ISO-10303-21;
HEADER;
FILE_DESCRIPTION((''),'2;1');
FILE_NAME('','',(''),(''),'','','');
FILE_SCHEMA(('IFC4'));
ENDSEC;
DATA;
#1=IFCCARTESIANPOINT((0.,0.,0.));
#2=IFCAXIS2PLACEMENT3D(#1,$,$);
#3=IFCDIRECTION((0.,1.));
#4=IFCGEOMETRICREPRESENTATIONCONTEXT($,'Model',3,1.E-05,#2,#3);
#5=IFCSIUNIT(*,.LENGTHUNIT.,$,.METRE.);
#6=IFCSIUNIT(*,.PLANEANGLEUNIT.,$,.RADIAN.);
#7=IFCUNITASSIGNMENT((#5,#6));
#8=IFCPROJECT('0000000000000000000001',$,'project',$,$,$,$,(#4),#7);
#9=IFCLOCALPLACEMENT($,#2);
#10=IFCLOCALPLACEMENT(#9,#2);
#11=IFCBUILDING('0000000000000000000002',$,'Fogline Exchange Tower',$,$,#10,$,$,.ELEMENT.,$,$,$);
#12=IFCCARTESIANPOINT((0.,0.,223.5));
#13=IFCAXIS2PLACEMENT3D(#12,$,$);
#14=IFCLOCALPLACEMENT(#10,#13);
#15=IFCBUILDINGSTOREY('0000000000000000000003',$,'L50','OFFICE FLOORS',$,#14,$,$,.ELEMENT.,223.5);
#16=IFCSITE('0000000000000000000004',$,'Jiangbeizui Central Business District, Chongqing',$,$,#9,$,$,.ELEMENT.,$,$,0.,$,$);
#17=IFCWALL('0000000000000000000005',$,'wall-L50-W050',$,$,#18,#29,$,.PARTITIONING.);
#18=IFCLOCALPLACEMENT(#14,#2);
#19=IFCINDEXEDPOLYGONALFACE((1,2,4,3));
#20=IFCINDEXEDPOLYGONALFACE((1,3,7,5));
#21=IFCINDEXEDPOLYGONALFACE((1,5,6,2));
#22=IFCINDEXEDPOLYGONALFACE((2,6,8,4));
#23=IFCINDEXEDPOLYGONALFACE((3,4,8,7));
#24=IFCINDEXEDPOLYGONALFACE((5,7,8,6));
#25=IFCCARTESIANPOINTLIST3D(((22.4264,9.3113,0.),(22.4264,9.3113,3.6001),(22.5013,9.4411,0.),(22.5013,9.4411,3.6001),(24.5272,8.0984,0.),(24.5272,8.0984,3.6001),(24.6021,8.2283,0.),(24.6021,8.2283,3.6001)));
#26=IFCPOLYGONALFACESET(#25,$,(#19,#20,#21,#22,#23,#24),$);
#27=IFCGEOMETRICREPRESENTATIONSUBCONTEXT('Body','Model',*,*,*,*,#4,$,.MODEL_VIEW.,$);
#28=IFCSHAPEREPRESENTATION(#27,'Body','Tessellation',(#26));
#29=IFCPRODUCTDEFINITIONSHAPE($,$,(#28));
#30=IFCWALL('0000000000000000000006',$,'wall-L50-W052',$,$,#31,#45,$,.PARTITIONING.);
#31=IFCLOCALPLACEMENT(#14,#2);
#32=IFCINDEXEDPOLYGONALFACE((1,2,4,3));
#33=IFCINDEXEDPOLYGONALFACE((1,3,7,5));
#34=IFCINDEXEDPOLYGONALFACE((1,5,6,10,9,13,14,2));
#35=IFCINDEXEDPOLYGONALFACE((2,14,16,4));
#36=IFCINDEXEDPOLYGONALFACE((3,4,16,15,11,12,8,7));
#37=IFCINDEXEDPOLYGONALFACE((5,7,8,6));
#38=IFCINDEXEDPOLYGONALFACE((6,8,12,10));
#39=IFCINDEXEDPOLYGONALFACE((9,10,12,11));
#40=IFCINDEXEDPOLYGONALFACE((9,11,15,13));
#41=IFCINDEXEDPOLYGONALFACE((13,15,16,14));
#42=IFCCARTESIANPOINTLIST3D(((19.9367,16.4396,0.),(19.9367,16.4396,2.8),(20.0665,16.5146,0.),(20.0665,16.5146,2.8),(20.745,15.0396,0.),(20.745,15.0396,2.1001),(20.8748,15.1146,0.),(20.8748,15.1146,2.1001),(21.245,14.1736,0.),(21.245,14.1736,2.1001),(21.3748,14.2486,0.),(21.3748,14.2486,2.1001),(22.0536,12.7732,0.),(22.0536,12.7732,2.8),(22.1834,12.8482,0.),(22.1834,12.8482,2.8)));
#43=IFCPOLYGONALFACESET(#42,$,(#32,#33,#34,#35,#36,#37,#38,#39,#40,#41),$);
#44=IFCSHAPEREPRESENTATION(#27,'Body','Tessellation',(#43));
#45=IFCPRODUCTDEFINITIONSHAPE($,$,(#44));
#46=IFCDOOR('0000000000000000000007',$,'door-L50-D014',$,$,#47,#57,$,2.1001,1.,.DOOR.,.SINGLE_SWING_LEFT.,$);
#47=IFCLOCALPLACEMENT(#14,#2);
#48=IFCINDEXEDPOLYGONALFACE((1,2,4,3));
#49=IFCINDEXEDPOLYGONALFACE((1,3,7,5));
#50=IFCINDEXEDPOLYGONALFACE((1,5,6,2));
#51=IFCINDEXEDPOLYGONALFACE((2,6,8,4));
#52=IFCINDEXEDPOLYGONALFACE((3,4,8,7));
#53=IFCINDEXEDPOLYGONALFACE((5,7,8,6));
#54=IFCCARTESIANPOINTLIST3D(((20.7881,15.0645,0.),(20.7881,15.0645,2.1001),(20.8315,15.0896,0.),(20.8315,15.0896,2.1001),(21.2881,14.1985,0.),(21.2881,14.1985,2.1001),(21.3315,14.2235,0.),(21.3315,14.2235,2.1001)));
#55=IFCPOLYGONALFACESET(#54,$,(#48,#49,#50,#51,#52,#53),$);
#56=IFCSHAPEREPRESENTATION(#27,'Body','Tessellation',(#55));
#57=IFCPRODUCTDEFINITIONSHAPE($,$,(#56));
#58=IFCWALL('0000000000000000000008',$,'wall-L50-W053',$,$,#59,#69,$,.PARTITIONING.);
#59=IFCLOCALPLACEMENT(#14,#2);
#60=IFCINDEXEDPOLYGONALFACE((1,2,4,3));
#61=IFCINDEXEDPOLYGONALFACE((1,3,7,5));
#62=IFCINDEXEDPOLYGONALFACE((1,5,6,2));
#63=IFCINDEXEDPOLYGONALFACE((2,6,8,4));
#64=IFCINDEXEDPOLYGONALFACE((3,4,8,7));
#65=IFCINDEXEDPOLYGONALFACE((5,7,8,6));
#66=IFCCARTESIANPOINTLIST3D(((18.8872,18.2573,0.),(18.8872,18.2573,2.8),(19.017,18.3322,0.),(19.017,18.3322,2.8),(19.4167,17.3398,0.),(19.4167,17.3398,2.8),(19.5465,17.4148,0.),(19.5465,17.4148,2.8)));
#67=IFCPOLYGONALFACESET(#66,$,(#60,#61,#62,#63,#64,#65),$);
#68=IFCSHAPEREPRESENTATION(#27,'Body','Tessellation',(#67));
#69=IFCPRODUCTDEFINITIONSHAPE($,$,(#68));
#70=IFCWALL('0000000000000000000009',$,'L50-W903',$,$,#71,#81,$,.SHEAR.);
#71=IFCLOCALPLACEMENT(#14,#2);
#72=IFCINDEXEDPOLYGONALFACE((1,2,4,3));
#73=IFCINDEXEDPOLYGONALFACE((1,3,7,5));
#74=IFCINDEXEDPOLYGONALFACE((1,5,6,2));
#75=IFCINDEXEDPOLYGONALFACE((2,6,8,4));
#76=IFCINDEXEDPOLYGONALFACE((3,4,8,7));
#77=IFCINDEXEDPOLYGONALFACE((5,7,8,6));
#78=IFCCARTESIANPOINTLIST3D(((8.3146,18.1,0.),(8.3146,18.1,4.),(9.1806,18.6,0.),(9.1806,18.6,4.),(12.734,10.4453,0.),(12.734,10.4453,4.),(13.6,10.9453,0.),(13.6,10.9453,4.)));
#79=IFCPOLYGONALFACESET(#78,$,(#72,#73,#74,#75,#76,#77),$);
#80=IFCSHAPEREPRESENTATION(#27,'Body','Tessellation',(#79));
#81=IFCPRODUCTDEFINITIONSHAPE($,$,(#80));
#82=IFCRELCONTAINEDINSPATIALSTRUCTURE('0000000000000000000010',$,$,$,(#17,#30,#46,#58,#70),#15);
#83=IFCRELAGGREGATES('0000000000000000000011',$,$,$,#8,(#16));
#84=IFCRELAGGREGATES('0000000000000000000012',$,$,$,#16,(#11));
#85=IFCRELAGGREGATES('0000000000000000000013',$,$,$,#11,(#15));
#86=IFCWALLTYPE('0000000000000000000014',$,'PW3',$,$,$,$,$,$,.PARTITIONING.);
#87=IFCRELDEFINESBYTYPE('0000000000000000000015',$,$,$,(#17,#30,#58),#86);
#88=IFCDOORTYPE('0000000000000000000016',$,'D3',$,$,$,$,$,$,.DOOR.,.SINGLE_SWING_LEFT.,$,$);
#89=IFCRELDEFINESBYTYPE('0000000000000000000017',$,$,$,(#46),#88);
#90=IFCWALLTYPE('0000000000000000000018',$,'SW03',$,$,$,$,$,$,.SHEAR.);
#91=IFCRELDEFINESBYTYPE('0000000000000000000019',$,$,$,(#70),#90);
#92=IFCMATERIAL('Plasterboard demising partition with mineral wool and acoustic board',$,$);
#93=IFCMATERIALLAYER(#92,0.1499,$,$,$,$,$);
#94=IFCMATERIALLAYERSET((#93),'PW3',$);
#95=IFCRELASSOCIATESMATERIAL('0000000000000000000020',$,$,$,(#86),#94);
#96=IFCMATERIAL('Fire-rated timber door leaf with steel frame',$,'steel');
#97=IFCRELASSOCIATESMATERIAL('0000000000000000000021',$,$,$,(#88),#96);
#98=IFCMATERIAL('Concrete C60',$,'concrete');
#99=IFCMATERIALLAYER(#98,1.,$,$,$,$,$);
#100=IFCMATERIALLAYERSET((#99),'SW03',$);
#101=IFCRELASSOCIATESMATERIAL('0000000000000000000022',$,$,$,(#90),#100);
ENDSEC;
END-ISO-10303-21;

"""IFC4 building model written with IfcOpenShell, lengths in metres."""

from ifc_helpers import new_model, si_unit, direction, frame, frame_2d, origin, place, context, subcontext, project, spatial, rectangle, extrude, material, layer, layer_set, type_object, element, fill, save


model = new_model("IFC4")

# Units and contexts
model_context = context("Model", 3, precision=1e-05, world=origin(), true_north=direction((0.0, 1.0)))
body_context = subcontext(model_context, "Body", "Model", "MODEL_VIEW")
ifc_project = project(units=[si_unit("LENGTHUNIT", "METRE"), si_unit("PLANEANGLEUNIT", "RADIAN")], contexts=[model_context])

# Site, building, storey
site_placement = place(None, origin())
site = spatial("IfcSite", under=ifc_project, at=site_placement, Name="Jiangbeizui Central Business District, Chongqing", CompositionType="ELEMENT", RefElevation=0.0)
building_placement = place(site_placement, origin())
building = spatial("IfcBuilding", under=site, at=building_placement, Name="Fogline Exchange Tower", CompositionType="ELEMENT")
storey_placement = place(building_placement, frame((0.0, 0.0, 223.5)))
storey = spatial("IfcBuildingStorey", under=building, at=storey_placement, Name="L50", Description="OFFICE FLOORS", CompositionType="ELEMENT", Elevation=223.5)

# Shared definitions
ifc_material_1 = material(Name="Concrete C60", Category="concrete")

# Shared definitions
ifc_material_2 = material(Name="Plasterboard demising partition with mineral wool and acoustic board")
ifc_layer_1 = layer(ifc_material_2, 0.1499)
ifc_layer_set_1 = layer_set([ifc_layer_1], Name="PW3")
wall_type_1 = type_object("IfcWallType", Name="PW3", PredefinedType="PARTITIONING", material=ifc_layer_set_1)

# Shared definitions
ifc_material_3 = material(Name="Fire-rated timber door leaf with steel frame", Category="steel")
door_type_1 = type_object("IfcDoorType", Name="D3", OperationType="SINGLE_SWING_LEFT", PredefinedType="DOOR", material=ifc_material_3)

# Wall
wall_1_placement = place(storey_placement, frame((22.4639, 9.3762, 0.0), z_axis=(0.0, 0.0, 1.0), x_axis=(0.86603, -0.499993, 0.0)))
element("IfcWall", 1, at=wall_1_placement, inside=storey, type_object=wall_type_1, Name="wall-L50-W050", PredefinedType="PARTITIONING", context=body_context, shape_type="SweptSolid", body=[
    extrude(rectangle(XDim=2.4258, YDim=0.1499, at=frame_2d((1.2129, 0.0))), origin(), (0.0, 0.0, 1.0), 3.6001),
])

# Wall, opening, door
wall_2_placement = place(storey_placement, frame((22.1184, 12.8108, 0.0), z_axis=(0.0, 0.0, 1.0), x_axis=(-0.500015, 0.866017, 0.0)))
wall_2 = element("IfcWall", 2, at=wall_2_placement, inside=storey, type_object=wall_type_1, Name="wall-L50-W052", PredefinedType="PARTITIONING", context=body_context, shape_type="SweptSolid", body=[
    extrude(rectangle(XDim=4.2336, YDim=0.1499, at=frame_2d((2.1167, 0.0))), origin(), (0.0, 0.0, 1.0), 2.8),
])
opening_1_placement = place(wall_2_placement, frame((1.6169, 0.0, 0.0)))
opening_1 = element("IfcOpeningElement", 3, at=opening_1_placement, cuts=wall_2, PredefinedType="OPENING", context=body_context, shape_type="SweptSolid", body=[
    extrude(rectangle(XDim=1.0, YDim=2.1001, at=frame_2d((0.5, 1.05))), frame((0.0, 0.085, 0.0), z_axis=(0.0, -1.0, 0.0), x_axis=(1.0, 0.0, 0.0)), (0.0, 0.0, 1.0), 0.1699),
])
door_1_placement = place(opening_1_placement, frame((1.0, 0.0, 0.0), z_axis=(0.0, 0.0, 1.0), x_axis=(-1.0, 0.0, 0.0)))
door_1 = element("IfcDoor", 4, at=door_1_placement, inside=storey, type_object=door_type_1, Name="door-L50-D014", OperationType="SINGLE_SWING_LEFT", OverallHeight=2.1001, OverallWidth=1.0, PredefinedType="DOOR", context=body_context, shape_type="SweptSolid", body=[
    extrude(rectangle(XDim=1.0, YDim=2.1001, at=frame_2d((0.5, 1.05))), frame((0.0, 0.0249, 0.0), z_axis=(0.0, -1.0, 0.0), x_axis=(1.0, 0.0, 0.0)), (0.0, 0.0, 1.0), 0.05),
])
fill(opening_1, door_1)

# Walls
wall_3_placement = place(storey_placement, frame((19.4817, 17.3772, 0.0), z_axis=(0.0, 0.0, 1.0), x_axis=(-0.499882, 0.866093, 0.0)))
element("IfcWall", 5, at=wall_3_placement, inside=storey, type_object=wall_type_1, Name="wall-L50-W053", PredefinedType="PARTITIONING", context=body_context, shape_type="SweptSolid", body=[
    extrude(rectangle(XDim=1.0593, YDim=0.1499, at=frame_2d((0.5298, 0.0))), origin(), (0.0, 0.0, 1.0), 2.8),
])
ifc_layer_2 = layer(ifc_material_1, 1.0)
ifc_layer_set_2 = layer_set([ifc_layer_2], Name="SW03")
wall_type_2 = type_object("IfcWallType", Name="SW03", PredefinedType="SHEAR", material=ifc_layer_set_2)
wall_4_placement = place(storey_placement, frame((13.167, 10.6953, 0.0), z_axis=(0.0, 0.0, 1.0), x_axis=(-0.499995, 0.866028, 0.0)))
element("IfcWall", 6, at=wall_4_placement, inside=storey, type_object=wall_type_2, Name="L50-W903", PredefinedType="SHEAR", context=body_context, shape_type="SweptSolid", body=[
    extrude(rectangle(XDim=8.8389, YDim=1.0, at=frame_2d((4.4194, 0.0))), origin(), (0.0, 0.0, 1.0), 4.0),
])

save(model, "model.ifc")
